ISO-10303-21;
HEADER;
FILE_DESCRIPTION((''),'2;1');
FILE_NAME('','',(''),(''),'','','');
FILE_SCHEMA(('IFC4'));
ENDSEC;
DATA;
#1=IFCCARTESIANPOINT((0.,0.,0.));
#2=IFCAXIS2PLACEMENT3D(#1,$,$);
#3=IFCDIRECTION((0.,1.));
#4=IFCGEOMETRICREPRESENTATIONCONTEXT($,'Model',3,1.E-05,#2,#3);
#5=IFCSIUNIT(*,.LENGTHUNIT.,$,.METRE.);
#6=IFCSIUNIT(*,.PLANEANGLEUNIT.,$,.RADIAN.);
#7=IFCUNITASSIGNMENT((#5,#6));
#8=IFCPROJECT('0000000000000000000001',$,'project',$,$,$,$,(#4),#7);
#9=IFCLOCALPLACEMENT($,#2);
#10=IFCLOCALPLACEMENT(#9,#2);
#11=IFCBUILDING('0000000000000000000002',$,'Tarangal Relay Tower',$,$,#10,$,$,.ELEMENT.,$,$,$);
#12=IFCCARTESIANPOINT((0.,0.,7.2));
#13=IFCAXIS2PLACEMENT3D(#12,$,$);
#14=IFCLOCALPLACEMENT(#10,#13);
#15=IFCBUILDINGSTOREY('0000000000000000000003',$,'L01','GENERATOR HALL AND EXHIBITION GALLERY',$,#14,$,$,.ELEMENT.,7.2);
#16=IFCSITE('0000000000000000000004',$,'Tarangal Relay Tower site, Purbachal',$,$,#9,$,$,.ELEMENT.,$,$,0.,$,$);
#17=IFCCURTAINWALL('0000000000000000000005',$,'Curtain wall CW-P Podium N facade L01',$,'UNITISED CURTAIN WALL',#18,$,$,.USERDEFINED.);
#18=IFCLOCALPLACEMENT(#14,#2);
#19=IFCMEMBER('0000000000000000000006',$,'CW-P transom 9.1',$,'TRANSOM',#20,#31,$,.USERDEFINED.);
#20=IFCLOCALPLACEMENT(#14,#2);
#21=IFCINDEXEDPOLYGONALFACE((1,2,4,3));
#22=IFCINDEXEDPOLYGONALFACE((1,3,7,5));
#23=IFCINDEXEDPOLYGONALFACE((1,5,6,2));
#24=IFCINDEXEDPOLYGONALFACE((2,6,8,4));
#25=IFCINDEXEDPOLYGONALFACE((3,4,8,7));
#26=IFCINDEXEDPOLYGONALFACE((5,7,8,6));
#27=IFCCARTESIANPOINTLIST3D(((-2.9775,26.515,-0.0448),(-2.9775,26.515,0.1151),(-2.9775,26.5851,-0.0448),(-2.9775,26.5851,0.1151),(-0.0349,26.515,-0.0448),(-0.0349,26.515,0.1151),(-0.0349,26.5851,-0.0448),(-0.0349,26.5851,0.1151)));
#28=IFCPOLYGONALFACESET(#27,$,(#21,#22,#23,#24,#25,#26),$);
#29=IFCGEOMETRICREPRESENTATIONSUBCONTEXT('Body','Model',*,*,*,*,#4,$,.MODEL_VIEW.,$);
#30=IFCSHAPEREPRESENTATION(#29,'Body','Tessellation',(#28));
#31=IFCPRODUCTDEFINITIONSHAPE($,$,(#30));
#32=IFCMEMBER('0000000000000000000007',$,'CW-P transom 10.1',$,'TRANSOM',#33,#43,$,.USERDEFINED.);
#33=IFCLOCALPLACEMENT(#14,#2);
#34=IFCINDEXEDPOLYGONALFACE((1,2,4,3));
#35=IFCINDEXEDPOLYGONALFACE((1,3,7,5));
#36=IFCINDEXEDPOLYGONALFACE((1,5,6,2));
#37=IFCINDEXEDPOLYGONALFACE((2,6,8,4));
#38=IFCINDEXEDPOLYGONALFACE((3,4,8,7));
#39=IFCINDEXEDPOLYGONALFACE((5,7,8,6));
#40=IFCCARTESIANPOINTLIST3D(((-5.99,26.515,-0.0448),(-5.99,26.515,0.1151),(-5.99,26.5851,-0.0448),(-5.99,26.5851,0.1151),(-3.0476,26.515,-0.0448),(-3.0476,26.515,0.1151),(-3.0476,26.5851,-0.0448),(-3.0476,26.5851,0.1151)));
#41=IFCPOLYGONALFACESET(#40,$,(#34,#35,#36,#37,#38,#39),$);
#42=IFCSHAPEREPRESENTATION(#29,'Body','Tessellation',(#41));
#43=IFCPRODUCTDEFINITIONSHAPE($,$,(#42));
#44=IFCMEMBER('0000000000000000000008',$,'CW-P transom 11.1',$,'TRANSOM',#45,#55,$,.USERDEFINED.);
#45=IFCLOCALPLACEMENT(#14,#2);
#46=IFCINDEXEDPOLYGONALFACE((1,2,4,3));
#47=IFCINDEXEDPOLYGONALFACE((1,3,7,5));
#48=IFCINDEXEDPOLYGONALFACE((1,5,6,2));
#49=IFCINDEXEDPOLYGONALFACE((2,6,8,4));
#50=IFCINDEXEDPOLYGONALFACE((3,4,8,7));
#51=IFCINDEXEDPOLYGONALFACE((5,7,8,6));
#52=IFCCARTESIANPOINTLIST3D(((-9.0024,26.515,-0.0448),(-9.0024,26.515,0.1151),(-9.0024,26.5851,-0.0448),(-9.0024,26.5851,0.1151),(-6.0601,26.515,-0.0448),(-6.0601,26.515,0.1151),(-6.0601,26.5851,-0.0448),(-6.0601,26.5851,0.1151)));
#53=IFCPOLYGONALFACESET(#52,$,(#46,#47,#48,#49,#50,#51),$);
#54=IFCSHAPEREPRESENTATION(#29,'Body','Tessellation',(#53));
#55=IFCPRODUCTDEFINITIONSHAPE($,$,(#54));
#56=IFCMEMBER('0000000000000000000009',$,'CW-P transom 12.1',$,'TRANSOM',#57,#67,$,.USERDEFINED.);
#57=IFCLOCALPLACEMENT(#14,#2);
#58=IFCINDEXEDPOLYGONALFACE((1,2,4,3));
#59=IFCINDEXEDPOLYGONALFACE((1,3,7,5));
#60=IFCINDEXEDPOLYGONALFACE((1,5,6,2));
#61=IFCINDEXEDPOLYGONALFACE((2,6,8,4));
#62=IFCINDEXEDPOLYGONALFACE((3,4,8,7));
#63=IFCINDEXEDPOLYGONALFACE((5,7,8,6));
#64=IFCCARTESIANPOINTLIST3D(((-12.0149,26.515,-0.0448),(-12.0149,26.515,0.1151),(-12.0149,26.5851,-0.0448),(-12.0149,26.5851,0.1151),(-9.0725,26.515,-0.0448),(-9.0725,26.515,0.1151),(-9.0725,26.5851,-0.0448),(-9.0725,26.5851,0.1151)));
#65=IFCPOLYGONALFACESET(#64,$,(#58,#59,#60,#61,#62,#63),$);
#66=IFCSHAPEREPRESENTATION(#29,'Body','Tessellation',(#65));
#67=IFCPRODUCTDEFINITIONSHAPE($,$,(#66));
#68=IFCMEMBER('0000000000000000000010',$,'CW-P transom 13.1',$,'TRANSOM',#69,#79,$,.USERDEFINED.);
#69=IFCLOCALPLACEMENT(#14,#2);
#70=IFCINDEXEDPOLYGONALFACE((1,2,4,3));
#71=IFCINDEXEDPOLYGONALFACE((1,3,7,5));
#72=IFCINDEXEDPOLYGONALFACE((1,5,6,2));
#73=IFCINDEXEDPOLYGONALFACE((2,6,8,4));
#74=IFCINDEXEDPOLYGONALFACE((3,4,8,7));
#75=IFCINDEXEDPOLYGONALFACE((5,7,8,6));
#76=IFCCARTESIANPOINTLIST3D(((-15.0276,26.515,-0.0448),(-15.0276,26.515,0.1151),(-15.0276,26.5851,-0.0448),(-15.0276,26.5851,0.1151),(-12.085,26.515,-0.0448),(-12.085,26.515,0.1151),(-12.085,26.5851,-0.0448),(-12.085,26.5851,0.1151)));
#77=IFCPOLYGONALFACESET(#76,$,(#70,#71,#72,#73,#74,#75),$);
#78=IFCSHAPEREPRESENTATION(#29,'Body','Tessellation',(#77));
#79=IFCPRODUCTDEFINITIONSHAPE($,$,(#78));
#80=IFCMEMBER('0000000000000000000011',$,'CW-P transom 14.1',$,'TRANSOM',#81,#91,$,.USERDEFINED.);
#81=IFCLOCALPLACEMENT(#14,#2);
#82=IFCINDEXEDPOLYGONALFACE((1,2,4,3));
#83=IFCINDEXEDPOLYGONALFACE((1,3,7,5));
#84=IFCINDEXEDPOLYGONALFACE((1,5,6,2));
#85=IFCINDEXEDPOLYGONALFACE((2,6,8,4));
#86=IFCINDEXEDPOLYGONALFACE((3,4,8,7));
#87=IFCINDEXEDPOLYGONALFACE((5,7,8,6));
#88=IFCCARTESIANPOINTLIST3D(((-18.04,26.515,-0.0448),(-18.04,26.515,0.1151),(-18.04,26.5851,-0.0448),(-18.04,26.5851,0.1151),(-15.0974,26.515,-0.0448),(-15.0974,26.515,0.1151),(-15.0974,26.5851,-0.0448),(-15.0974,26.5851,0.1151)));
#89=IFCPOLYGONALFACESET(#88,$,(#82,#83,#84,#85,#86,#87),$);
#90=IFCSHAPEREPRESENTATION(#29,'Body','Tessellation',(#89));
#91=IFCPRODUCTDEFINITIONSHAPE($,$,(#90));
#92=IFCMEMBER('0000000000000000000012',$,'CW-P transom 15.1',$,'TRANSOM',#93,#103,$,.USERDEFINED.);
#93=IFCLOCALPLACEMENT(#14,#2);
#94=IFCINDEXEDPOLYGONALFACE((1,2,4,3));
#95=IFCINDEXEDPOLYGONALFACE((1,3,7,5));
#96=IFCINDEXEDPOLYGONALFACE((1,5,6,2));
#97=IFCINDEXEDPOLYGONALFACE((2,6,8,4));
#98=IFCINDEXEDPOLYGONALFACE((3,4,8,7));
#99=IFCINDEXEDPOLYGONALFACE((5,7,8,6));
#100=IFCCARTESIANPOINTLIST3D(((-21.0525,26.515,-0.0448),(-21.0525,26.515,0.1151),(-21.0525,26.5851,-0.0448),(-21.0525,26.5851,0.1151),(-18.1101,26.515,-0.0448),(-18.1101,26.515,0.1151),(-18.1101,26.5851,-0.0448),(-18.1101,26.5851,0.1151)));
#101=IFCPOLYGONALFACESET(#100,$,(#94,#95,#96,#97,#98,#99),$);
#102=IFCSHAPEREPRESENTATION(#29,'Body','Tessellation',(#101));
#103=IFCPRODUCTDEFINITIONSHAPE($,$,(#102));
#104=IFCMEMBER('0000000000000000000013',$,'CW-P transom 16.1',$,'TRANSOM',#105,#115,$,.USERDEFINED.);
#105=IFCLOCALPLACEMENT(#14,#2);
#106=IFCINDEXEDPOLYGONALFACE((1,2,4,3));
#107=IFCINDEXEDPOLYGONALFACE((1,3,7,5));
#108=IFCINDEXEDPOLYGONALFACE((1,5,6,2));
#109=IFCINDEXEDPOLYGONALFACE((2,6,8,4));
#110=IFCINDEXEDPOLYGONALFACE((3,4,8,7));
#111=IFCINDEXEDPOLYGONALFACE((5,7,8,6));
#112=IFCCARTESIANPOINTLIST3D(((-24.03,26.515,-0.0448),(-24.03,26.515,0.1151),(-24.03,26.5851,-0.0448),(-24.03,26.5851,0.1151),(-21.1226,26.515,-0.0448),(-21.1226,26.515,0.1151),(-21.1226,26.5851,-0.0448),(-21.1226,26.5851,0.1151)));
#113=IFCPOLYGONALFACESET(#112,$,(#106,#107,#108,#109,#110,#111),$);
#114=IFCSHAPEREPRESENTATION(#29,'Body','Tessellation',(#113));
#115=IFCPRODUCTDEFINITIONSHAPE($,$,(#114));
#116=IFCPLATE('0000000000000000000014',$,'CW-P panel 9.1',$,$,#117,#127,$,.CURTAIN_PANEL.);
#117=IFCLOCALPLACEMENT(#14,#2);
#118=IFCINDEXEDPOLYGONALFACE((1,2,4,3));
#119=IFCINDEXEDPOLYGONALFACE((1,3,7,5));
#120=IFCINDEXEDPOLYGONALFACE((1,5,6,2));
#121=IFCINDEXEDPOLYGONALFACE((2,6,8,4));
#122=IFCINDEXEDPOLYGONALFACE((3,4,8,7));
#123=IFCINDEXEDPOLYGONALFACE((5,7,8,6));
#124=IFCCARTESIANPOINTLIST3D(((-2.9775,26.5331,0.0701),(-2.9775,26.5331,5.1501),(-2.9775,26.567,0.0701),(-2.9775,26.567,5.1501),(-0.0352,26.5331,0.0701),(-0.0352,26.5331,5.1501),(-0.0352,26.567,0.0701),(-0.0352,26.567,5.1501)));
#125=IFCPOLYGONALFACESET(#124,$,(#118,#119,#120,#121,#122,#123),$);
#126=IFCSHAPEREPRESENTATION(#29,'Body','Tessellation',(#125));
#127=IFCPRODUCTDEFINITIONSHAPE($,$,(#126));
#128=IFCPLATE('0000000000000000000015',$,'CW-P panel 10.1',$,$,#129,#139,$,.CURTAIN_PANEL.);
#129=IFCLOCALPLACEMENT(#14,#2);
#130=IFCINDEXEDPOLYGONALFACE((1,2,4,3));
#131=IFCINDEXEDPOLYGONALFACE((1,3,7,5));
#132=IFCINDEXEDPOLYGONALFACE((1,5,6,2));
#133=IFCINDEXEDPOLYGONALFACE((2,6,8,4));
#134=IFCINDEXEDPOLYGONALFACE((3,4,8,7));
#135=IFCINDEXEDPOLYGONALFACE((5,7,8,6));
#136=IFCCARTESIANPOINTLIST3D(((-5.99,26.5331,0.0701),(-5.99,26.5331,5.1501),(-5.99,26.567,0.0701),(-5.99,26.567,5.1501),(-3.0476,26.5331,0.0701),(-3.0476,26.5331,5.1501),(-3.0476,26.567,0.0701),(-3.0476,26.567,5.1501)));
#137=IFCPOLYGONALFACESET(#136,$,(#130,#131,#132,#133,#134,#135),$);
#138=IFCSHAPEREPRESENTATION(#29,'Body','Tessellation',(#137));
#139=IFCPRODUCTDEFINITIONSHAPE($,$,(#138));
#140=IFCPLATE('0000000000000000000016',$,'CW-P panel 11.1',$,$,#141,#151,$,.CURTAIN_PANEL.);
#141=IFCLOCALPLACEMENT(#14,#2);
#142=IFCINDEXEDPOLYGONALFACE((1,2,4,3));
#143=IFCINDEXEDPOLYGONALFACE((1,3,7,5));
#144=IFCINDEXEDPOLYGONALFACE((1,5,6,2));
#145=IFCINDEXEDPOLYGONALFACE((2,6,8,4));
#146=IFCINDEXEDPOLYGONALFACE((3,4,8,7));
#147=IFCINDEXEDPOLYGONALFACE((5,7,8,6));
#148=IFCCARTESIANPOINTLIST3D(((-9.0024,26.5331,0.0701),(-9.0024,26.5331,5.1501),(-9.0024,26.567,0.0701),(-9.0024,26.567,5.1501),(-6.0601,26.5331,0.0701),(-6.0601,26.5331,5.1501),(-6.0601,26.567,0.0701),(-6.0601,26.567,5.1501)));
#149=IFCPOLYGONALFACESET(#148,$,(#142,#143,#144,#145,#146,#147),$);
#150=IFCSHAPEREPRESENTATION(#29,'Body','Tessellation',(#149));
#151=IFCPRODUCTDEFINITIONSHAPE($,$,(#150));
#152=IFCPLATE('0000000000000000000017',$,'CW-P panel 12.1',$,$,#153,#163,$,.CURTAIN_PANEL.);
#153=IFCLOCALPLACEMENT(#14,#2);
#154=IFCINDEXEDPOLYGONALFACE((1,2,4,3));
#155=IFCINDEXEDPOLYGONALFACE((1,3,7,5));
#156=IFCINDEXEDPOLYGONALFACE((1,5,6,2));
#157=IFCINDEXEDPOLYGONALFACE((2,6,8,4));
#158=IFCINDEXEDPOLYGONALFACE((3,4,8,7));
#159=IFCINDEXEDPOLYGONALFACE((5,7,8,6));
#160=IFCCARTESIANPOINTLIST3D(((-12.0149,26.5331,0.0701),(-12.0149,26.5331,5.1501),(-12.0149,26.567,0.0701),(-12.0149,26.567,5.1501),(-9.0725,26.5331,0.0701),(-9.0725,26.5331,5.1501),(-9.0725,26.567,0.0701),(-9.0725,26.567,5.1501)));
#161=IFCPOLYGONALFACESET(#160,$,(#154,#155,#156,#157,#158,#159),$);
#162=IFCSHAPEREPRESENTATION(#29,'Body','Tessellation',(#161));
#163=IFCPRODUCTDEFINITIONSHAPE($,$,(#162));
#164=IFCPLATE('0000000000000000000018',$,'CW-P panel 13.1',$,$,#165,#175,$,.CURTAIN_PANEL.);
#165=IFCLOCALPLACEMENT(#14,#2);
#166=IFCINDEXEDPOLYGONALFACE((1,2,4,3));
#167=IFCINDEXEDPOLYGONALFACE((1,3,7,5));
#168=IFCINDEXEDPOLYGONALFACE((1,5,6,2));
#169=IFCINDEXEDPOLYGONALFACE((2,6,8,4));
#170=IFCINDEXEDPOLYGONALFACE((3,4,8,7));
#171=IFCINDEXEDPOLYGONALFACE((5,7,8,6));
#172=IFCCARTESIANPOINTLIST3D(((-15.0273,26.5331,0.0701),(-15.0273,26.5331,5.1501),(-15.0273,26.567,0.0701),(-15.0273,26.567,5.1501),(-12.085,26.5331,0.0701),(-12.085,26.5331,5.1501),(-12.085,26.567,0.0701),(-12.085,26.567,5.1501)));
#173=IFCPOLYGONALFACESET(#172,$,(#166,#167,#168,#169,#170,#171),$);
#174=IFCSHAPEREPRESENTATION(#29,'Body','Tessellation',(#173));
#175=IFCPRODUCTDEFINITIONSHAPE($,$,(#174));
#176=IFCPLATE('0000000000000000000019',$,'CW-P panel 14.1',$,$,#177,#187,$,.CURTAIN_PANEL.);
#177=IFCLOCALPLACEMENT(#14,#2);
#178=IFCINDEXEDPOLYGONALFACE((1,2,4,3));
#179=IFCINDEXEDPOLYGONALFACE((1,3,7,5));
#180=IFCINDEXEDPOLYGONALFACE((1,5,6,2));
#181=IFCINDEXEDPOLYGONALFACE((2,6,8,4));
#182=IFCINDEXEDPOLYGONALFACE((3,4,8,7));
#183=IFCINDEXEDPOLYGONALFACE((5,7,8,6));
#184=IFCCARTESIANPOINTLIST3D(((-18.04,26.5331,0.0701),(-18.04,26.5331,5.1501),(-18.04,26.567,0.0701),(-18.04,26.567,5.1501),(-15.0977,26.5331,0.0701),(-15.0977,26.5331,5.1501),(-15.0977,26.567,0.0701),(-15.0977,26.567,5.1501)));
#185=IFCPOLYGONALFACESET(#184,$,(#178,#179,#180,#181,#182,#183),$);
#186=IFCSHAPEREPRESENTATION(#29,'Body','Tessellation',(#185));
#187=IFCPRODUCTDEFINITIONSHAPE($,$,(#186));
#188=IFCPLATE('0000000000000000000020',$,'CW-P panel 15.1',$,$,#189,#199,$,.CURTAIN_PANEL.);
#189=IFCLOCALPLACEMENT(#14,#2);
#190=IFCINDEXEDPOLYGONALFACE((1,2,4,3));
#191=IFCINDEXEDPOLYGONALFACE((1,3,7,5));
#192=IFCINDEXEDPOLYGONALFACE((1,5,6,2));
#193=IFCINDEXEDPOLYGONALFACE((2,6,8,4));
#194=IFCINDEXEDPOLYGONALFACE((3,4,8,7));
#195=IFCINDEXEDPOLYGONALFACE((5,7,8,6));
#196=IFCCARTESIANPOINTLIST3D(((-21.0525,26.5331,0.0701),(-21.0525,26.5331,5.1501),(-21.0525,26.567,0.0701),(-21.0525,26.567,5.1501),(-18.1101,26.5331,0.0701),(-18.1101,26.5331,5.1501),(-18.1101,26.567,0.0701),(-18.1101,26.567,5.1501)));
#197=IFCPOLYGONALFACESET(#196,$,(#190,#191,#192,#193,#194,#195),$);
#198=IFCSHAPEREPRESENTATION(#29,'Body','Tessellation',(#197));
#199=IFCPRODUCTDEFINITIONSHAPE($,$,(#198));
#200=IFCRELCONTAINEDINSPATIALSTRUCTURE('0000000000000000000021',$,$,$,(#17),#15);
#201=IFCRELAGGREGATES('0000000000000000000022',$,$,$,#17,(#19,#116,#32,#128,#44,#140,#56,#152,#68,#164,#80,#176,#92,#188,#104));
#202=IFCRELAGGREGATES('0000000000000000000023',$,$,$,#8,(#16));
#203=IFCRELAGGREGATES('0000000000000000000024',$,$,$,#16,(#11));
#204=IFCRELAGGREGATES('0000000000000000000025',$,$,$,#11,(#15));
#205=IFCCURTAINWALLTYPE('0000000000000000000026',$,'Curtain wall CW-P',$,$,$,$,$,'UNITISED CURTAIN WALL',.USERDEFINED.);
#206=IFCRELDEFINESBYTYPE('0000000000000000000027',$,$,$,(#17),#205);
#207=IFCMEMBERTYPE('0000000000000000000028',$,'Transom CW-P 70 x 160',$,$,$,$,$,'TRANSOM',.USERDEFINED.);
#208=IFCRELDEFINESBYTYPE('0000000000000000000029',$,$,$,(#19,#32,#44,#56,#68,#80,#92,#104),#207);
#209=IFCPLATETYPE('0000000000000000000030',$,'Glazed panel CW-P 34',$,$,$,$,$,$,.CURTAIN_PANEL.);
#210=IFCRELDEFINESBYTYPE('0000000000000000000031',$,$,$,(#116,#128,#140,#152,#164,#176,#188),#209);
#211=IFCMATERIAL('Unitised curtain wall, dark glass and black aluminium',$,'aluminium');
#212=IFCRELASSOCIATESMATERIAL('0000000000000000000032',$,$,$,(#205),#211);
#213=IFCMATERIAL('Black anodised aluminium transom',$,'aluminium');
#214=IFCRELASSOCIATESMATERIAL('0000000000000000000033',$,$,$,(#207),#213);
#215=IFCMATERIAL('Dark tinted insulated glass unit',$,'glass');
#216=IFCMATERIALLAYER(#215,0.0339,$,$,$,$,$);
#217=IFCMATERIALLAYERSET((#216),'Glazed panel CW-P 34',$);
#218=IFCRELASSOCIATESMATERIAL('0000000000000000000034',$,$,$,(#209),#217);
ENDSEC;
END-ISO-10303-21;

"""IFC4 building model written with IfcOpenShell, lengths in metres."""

from ifc_helpers import new_model, si_unit, direction, frame, origin, origin_2d, place, context, subcontext, project, spatial, rectangle, extrude, material, layer, layer_set, material_profile, profile_set, type_object, element, aggregate, save


model = new_model("IFC4")

# Units and contexts
model_context = context("Model", 3, precision=1e-05, world=origin(), true_north=direction((0.0, 1.0)))
body_context = subcontext(model_context, "Body", "Model", "MODEL_VIEW")
ifc_project = project(units=[si_unit("LENGTHUNIT", "METRE"), si_unit("PLANEANGLEUNIT", "RADIAN")], contexts=[model_context])

# Site, building, storey
site_placement = place(None, origin())
site = spatial("IfcSite", under=ifc_project, at=site_placement, Name="Tarangal Relay Tower site, Purbachal", CompositionType="ELEMENT", RefElevation=0.0)
building_placement = place(site_placement, origin())
building = spatial("IfcBuilding", under=site, at=building_placement, Name="Tarangal Relay Tower", CompositionType="ELEMENT")
storey_placement = place(building_placement, frame((0.0, 0.0, 7.2)))
storey = spatial("IfcBuildingStorey", under=building, at=storey_placement, Name="L01", Description="GENERATOR HALL AND EXHIBITION GALLERY", CompositionType="ELEMENT", Elevation=7.2)

# Curtain wall
ifc_material_1 = material(Name="Unitised curtain wall, dark glass and black aluminium", Category="aluminium")
curtain_wall_type = type_object("IfcCurtainWallType", Name="Curtain wall CW-P", ElementType="UNITISED CURTAIN WALL", PredefinedType="USERDEFINED", material=ifc_material_1)
curtain_wall_placement = place(storey_placement, origin())
curtain_wall = element("IfcCurtainWall", 1, at=curtain_wall_placement, inside=storey, type_object=curtain_wall_type, Name="Curtain wall CW-P Podium N facade L01", ObjectType="UNITISED CURTAIN WALL", PredefinedType="USERDEFINED")

# Members
ifc_material_2 = material(Name="Black anodised aluminium transom", Category="aluminium")
ifc_material_profile_1 = material_profile(ifc_material_2, rectangle(XDim=0.0701, YDim=0.1599, at=origin_2d()), Name="CW-PT 70X160")
ifc_profile_set_1 = profile_set([ifc_material_profile_1], Name="Black anodised aluminium transom")
member_type_1 = type_object("IfcMemberType", Name="Transom CW-P 70 x 160", ElementType="TRANSOM", PredefinedType="USERDEFINED", material=ifc_profile_set_1)
member_1_placement = place(storey_placement, frame((-0.0349, 26.55, 0.0352), z_axis=(-1.0, 0.0, 0.0), x_axis=(0.0, -1.0, 0.0)))
member_1 = element("IfcMember", 2, at=member_1_placement, type_object=member_type_1, Name="CW-P transom 9.1", ObjectType="TRANSOM", PredefinedType="USERDEFINED", context=body_context, shape_type="SweptSolid", body=[
    extrude(rectangle(XDim=0.0701, YDim=0.1599, at=origin_2d()), origin(), (0.0, 0.0, 1.0), 2.9426),
])
member_2_placement = place(storey_placement, frame((-3.0476, 26.55, 0.0352), z_axis=(-1.0, 0.0, 0.0), x_axis=(0.0, -1.0, 0.0)))
member_2 = element("IfcMember", 3, at=member_2_placement, type_object=member_type_1, Name="CW-P transom 10.1", ObjectType="TRANSOM", PredefinedType="USERDEFINED", context=body_context, shape_type="SweptSolid", body=[
    extrude(rectangle(XDim=0.0701, YDim=0.1599, at=origin_2d()), origin(), (0.0, 0.0, 1.0), 2.9424),
])
member_3_placement = place(storey_placement, frame((-6.0601, 26.55, 0.0352), z_axis=(-1.0, 0.0, 0.0), x_axis=(0.0, -1.0, 0.0)))
member_3 = element("IfcMember", 4, at=member_3_placement, type_object=member_type_1, Name="CW-P transom 11.1", ObjectType="TRANSOM", PredefinedType="USERDEFINED", context=body_context, shape_type="SweptSolid", body=[
    extrude(rectangle(XDim=0.0701, YDim=0.1599, at=origin_2d()), origin(), (0.0, 0.0, 1.0), 2.9424),
])
member_4_placement = place(storey_placement, frame((-9.0725, 26.55, 0.0352), z_axis=(-1.0, 0.0, 0.0), x_axis=(0.0, -1.0, 0.0)))
member_4 = element("IfcMember", 5, at=member_4_placement, type_object=member_type_1, Name="CW-P transom 12.1", ObjectType="TRANSOM", PredefinedType="USERDEFINED", context=body_context, shape_type="SweptSolid", body=[
    extrude(rectangle(XDim=0.0701, YDim=0.1599, at=origin_2d()), origin(), (0.0, 0.0, 1.0), 2.9424),
])
member_5_placement = place(storey_placement, frame((-12.085, 26.55, 0.0352), z_axis=(-1.0, 0.0, 0.0), x_axis=(0.0, -1.0, 0.0)))
member_5 = element("IfcMember", 6, at=member_5_placement, type_object=member_type_1, Name="CW-P transom 13.1", ObjectType="TRANSOM", PredefinedType="USERDEFINED", context=body_context, shape_type="SweptSolid", body=[
    extrude(rectangle(XDim=0.0701, YDim=0.1599, at=origin_2d()), origin(), (0.0, 0.0, 1.0), 2.9426),
])
member_6_placement = place(storey_placement, frame((-15.0974, 26.55, 0.0352), z_axis=(-1.0, 0.0, 0.0), x_axis=(0.0, -1.0, 0.0)))
member_6 = element("IfcMember", 7, at=member_6_placement, type_object=member_type_1, Name="CW-P transom 14.1", ObjectType="TRANSOM", PredefinedType="USERDEFINED", context=body_context, shape_type="SweptSolid", body=[
    extrude(rectangle(XDim=0.0701, YDim=0.1599, at=origin_2d()), origin(), (0.0, 0.0, 1.0), 2.9426),
])
member_7_placement = place(storey_placement, frame((-18.1101, 26.55, 0.0352), z_axis=(-1.0, 0.0, 0.0), x_axis=(0.0, -1.0, 0.0)))
member_7 = element("IfcMember", 8, at=member_7_placement, type_object=member_type_1, Name="CW-P transom 15.1", ObjectType="TRANSOM", PredefinedType="USERDEFINED", context=body_context, shape_type="SweptSolid", body=[
    extrude(rectangle(XDim=0.0701, YDim=0.1599, at=origin_2d()), origin(), (0.0, 0.0, 1.0), 2.9424),
])
member_8_placement = place(storey_placement, frame((-21.1226, 26.55, 0.0352), z_axis=(-1.0, 0.0, 0.0), x_axis=(0.0, -1.0, 0.0)))
member_8 = element("IfcMember", 9, at=member_8_placement, type_object=member_type_1, Name="CW-P transom 16.1", ObjectType="TRANSOM", PredefinedType="USERDEFINED", context=body_context, shape_type="SweptSolid", body=[
    extrude(rectangle(XDim=0.0701, YDim=0.1599, at=origin_2d()), origin(), (0.0, 0.0, 1.0), 2.9075),
])

# Plates
ifc_material_3 = material(Name="Dark tinted insulated glass unit", Category="glass")
ifc_layer = layer(ifc_material_3, 0.0339)
ifc_layer_set = layer_set([ifc_layer], Name="Glazed panel CW-P 34")
plate_type = type_object("IfcPlateType", Name="Glazed panel CW-P 34", PredefinedType="CURTAIN_PANEL", material=ifc_layer_set)
plate_1_placement = place(storey_placement, frame((-1.5063, 26.55, 0.0701), z_axis=(0.0, 0.0, 1.0), x_axis=(-1.0, 0.0, 0.0)))
plate_1 = element("IfcPlate", 10, at=plate_1_placement, type_object=plate_type, Name="CW-P panel 9.1", PredefinedType="CURTAIN_PANEL", context=body_context, shape_type="SweptSolid", body=[
    extrude(rectangle(XDim=2.9424, YDim=0.0339, at=origin_2d()), origin(), (0.0, 0.0, 1.0), 5.0801),
])
plate_2_placement = place(storey_placement, frame((-4.5188, 26.55, 0.0701), z_axis=(0.0, 0.0, 1.0), x_axis=(-1.0, 0.0, 0.0)))
plate_2 = element("IfcPlate", 11, at=plate_2_placement, type_object=plate_type, Name="CW-P panel 10.1", PredefinedType="CURTAIN_PANEL", context=body_context, shape_type="SweptSolid", body=[
    extrude(rectangle(XDim=2.9424, YDim=0.0339, at=origin_2d()), origin(), (0.0, 0.0, 1.0), 5.0801),
])
plate_3_placement = place(storey_placement, frame((-7.5312, 26.55, 0.0701), z_axis=(0.0, 0.0, 1.0), x_axis=(-1.0, 0.0, 0.0)))
plate_3 = element("IfcPlate", 12, at=plate_3_placement, type_object=plate_type, Name="CW-P panel 11.1", PredefinedType="CURTAIN_PANEL", context=body_context, shape_type="SweptSolid", body=[
    extrude(rectangle(XDim=2.9424, YDim=0.0339, at=origin_2d()), origin(), (0.0, 0.0, 1.0), 5.0801),
])
plate_4_placement = place(storey_placement, frame((-10.5437, 26.55, 0.0701), z_axis=(0.0, 0.0, 1.0), x_axis=(-1.0, 0.0, 0.0)))
plate_4 = element("IfcPlate", 13, at=plate_4_placement, type_object=plate_type, Name="CW-P panel 12.1", PredefinedType="CURTAIN_PANEL", context=body_context, shape_type="SweptSolid", body=[
    extrude(rectangle(XDim=2.9424, YDim=0.0339, at=origin_2d()), origin(), (0.0, 0.0, 1.0), 5.0801),
])
plate_5_placement = place(storey_placement, frame((-13.5562, 26.55, 0.0701), z_axis=(0.0, 0.0, 1.0), x_axis=(-1.0, 0.0, 0.0)))
plate_5 = element("IfcPlate", 14, at=plate_5_placement, type_object=plate_type, Name="CW-P panel 13.1", PredefinedType="CURTAIN_PANEL", context=body_context, shape_type="SweptSolid", body=[
    extrude(rectangle(XDim=2.9424, YDim=0.0339, at=origin_2d()), origin(), (0.0, 0.0, 1.0), 5.0801),
])
plate_6_placement = place(storey_placement, frame((-16.5688, 26.55, 0.0701), z_axis=(0.0, 0.0, 1.0), x_axis=(-1.0, 0.0, 0.0)))
plate_6 = element("IfcPlate", 15, at=plate_6_placement, type_object=plate_type, Name="CW-P panel 14.1", PredefinedType="CURTAIN_PANEL", context=body_context, shape_type="SweptSolid", body=[
    extrude(rectangle(XDim=2.9424, YDim=0.0339, at=origin_2d()), origin(), (0.0, 0.0, 1.0), 5.0801),
])
plate_7_placement = place(storey_placement, frame((-19.5813, 26.55, 0.0701), z_axis=(0.0, 0.0, 1.0), x_axis=(-1.0, 0.0, 0.0)))
plate_7 = element("IfcPlate", 16, at=plate_7_placement, type_object=plate_type, Name="CW-P panel 15.1", PredefinedType="CURTAIN_PANEL", context=body_context, shape_type="SweptSolid", body=[
    extrude(rectangle(XDim=2.9424, YDim=0.0339, at=origin_2d()), origin(), (0.0, 0.0, 1.0), 5.0801),
])
aggregate(curtain_wall, [member_1, plate_1, member_2, plate_2, member_3, plate_3, member_4, plate_4, member_5, plate_5, member_6, plate_6, member_7, plate_7, member_8])

save(model, "model.ifc")
